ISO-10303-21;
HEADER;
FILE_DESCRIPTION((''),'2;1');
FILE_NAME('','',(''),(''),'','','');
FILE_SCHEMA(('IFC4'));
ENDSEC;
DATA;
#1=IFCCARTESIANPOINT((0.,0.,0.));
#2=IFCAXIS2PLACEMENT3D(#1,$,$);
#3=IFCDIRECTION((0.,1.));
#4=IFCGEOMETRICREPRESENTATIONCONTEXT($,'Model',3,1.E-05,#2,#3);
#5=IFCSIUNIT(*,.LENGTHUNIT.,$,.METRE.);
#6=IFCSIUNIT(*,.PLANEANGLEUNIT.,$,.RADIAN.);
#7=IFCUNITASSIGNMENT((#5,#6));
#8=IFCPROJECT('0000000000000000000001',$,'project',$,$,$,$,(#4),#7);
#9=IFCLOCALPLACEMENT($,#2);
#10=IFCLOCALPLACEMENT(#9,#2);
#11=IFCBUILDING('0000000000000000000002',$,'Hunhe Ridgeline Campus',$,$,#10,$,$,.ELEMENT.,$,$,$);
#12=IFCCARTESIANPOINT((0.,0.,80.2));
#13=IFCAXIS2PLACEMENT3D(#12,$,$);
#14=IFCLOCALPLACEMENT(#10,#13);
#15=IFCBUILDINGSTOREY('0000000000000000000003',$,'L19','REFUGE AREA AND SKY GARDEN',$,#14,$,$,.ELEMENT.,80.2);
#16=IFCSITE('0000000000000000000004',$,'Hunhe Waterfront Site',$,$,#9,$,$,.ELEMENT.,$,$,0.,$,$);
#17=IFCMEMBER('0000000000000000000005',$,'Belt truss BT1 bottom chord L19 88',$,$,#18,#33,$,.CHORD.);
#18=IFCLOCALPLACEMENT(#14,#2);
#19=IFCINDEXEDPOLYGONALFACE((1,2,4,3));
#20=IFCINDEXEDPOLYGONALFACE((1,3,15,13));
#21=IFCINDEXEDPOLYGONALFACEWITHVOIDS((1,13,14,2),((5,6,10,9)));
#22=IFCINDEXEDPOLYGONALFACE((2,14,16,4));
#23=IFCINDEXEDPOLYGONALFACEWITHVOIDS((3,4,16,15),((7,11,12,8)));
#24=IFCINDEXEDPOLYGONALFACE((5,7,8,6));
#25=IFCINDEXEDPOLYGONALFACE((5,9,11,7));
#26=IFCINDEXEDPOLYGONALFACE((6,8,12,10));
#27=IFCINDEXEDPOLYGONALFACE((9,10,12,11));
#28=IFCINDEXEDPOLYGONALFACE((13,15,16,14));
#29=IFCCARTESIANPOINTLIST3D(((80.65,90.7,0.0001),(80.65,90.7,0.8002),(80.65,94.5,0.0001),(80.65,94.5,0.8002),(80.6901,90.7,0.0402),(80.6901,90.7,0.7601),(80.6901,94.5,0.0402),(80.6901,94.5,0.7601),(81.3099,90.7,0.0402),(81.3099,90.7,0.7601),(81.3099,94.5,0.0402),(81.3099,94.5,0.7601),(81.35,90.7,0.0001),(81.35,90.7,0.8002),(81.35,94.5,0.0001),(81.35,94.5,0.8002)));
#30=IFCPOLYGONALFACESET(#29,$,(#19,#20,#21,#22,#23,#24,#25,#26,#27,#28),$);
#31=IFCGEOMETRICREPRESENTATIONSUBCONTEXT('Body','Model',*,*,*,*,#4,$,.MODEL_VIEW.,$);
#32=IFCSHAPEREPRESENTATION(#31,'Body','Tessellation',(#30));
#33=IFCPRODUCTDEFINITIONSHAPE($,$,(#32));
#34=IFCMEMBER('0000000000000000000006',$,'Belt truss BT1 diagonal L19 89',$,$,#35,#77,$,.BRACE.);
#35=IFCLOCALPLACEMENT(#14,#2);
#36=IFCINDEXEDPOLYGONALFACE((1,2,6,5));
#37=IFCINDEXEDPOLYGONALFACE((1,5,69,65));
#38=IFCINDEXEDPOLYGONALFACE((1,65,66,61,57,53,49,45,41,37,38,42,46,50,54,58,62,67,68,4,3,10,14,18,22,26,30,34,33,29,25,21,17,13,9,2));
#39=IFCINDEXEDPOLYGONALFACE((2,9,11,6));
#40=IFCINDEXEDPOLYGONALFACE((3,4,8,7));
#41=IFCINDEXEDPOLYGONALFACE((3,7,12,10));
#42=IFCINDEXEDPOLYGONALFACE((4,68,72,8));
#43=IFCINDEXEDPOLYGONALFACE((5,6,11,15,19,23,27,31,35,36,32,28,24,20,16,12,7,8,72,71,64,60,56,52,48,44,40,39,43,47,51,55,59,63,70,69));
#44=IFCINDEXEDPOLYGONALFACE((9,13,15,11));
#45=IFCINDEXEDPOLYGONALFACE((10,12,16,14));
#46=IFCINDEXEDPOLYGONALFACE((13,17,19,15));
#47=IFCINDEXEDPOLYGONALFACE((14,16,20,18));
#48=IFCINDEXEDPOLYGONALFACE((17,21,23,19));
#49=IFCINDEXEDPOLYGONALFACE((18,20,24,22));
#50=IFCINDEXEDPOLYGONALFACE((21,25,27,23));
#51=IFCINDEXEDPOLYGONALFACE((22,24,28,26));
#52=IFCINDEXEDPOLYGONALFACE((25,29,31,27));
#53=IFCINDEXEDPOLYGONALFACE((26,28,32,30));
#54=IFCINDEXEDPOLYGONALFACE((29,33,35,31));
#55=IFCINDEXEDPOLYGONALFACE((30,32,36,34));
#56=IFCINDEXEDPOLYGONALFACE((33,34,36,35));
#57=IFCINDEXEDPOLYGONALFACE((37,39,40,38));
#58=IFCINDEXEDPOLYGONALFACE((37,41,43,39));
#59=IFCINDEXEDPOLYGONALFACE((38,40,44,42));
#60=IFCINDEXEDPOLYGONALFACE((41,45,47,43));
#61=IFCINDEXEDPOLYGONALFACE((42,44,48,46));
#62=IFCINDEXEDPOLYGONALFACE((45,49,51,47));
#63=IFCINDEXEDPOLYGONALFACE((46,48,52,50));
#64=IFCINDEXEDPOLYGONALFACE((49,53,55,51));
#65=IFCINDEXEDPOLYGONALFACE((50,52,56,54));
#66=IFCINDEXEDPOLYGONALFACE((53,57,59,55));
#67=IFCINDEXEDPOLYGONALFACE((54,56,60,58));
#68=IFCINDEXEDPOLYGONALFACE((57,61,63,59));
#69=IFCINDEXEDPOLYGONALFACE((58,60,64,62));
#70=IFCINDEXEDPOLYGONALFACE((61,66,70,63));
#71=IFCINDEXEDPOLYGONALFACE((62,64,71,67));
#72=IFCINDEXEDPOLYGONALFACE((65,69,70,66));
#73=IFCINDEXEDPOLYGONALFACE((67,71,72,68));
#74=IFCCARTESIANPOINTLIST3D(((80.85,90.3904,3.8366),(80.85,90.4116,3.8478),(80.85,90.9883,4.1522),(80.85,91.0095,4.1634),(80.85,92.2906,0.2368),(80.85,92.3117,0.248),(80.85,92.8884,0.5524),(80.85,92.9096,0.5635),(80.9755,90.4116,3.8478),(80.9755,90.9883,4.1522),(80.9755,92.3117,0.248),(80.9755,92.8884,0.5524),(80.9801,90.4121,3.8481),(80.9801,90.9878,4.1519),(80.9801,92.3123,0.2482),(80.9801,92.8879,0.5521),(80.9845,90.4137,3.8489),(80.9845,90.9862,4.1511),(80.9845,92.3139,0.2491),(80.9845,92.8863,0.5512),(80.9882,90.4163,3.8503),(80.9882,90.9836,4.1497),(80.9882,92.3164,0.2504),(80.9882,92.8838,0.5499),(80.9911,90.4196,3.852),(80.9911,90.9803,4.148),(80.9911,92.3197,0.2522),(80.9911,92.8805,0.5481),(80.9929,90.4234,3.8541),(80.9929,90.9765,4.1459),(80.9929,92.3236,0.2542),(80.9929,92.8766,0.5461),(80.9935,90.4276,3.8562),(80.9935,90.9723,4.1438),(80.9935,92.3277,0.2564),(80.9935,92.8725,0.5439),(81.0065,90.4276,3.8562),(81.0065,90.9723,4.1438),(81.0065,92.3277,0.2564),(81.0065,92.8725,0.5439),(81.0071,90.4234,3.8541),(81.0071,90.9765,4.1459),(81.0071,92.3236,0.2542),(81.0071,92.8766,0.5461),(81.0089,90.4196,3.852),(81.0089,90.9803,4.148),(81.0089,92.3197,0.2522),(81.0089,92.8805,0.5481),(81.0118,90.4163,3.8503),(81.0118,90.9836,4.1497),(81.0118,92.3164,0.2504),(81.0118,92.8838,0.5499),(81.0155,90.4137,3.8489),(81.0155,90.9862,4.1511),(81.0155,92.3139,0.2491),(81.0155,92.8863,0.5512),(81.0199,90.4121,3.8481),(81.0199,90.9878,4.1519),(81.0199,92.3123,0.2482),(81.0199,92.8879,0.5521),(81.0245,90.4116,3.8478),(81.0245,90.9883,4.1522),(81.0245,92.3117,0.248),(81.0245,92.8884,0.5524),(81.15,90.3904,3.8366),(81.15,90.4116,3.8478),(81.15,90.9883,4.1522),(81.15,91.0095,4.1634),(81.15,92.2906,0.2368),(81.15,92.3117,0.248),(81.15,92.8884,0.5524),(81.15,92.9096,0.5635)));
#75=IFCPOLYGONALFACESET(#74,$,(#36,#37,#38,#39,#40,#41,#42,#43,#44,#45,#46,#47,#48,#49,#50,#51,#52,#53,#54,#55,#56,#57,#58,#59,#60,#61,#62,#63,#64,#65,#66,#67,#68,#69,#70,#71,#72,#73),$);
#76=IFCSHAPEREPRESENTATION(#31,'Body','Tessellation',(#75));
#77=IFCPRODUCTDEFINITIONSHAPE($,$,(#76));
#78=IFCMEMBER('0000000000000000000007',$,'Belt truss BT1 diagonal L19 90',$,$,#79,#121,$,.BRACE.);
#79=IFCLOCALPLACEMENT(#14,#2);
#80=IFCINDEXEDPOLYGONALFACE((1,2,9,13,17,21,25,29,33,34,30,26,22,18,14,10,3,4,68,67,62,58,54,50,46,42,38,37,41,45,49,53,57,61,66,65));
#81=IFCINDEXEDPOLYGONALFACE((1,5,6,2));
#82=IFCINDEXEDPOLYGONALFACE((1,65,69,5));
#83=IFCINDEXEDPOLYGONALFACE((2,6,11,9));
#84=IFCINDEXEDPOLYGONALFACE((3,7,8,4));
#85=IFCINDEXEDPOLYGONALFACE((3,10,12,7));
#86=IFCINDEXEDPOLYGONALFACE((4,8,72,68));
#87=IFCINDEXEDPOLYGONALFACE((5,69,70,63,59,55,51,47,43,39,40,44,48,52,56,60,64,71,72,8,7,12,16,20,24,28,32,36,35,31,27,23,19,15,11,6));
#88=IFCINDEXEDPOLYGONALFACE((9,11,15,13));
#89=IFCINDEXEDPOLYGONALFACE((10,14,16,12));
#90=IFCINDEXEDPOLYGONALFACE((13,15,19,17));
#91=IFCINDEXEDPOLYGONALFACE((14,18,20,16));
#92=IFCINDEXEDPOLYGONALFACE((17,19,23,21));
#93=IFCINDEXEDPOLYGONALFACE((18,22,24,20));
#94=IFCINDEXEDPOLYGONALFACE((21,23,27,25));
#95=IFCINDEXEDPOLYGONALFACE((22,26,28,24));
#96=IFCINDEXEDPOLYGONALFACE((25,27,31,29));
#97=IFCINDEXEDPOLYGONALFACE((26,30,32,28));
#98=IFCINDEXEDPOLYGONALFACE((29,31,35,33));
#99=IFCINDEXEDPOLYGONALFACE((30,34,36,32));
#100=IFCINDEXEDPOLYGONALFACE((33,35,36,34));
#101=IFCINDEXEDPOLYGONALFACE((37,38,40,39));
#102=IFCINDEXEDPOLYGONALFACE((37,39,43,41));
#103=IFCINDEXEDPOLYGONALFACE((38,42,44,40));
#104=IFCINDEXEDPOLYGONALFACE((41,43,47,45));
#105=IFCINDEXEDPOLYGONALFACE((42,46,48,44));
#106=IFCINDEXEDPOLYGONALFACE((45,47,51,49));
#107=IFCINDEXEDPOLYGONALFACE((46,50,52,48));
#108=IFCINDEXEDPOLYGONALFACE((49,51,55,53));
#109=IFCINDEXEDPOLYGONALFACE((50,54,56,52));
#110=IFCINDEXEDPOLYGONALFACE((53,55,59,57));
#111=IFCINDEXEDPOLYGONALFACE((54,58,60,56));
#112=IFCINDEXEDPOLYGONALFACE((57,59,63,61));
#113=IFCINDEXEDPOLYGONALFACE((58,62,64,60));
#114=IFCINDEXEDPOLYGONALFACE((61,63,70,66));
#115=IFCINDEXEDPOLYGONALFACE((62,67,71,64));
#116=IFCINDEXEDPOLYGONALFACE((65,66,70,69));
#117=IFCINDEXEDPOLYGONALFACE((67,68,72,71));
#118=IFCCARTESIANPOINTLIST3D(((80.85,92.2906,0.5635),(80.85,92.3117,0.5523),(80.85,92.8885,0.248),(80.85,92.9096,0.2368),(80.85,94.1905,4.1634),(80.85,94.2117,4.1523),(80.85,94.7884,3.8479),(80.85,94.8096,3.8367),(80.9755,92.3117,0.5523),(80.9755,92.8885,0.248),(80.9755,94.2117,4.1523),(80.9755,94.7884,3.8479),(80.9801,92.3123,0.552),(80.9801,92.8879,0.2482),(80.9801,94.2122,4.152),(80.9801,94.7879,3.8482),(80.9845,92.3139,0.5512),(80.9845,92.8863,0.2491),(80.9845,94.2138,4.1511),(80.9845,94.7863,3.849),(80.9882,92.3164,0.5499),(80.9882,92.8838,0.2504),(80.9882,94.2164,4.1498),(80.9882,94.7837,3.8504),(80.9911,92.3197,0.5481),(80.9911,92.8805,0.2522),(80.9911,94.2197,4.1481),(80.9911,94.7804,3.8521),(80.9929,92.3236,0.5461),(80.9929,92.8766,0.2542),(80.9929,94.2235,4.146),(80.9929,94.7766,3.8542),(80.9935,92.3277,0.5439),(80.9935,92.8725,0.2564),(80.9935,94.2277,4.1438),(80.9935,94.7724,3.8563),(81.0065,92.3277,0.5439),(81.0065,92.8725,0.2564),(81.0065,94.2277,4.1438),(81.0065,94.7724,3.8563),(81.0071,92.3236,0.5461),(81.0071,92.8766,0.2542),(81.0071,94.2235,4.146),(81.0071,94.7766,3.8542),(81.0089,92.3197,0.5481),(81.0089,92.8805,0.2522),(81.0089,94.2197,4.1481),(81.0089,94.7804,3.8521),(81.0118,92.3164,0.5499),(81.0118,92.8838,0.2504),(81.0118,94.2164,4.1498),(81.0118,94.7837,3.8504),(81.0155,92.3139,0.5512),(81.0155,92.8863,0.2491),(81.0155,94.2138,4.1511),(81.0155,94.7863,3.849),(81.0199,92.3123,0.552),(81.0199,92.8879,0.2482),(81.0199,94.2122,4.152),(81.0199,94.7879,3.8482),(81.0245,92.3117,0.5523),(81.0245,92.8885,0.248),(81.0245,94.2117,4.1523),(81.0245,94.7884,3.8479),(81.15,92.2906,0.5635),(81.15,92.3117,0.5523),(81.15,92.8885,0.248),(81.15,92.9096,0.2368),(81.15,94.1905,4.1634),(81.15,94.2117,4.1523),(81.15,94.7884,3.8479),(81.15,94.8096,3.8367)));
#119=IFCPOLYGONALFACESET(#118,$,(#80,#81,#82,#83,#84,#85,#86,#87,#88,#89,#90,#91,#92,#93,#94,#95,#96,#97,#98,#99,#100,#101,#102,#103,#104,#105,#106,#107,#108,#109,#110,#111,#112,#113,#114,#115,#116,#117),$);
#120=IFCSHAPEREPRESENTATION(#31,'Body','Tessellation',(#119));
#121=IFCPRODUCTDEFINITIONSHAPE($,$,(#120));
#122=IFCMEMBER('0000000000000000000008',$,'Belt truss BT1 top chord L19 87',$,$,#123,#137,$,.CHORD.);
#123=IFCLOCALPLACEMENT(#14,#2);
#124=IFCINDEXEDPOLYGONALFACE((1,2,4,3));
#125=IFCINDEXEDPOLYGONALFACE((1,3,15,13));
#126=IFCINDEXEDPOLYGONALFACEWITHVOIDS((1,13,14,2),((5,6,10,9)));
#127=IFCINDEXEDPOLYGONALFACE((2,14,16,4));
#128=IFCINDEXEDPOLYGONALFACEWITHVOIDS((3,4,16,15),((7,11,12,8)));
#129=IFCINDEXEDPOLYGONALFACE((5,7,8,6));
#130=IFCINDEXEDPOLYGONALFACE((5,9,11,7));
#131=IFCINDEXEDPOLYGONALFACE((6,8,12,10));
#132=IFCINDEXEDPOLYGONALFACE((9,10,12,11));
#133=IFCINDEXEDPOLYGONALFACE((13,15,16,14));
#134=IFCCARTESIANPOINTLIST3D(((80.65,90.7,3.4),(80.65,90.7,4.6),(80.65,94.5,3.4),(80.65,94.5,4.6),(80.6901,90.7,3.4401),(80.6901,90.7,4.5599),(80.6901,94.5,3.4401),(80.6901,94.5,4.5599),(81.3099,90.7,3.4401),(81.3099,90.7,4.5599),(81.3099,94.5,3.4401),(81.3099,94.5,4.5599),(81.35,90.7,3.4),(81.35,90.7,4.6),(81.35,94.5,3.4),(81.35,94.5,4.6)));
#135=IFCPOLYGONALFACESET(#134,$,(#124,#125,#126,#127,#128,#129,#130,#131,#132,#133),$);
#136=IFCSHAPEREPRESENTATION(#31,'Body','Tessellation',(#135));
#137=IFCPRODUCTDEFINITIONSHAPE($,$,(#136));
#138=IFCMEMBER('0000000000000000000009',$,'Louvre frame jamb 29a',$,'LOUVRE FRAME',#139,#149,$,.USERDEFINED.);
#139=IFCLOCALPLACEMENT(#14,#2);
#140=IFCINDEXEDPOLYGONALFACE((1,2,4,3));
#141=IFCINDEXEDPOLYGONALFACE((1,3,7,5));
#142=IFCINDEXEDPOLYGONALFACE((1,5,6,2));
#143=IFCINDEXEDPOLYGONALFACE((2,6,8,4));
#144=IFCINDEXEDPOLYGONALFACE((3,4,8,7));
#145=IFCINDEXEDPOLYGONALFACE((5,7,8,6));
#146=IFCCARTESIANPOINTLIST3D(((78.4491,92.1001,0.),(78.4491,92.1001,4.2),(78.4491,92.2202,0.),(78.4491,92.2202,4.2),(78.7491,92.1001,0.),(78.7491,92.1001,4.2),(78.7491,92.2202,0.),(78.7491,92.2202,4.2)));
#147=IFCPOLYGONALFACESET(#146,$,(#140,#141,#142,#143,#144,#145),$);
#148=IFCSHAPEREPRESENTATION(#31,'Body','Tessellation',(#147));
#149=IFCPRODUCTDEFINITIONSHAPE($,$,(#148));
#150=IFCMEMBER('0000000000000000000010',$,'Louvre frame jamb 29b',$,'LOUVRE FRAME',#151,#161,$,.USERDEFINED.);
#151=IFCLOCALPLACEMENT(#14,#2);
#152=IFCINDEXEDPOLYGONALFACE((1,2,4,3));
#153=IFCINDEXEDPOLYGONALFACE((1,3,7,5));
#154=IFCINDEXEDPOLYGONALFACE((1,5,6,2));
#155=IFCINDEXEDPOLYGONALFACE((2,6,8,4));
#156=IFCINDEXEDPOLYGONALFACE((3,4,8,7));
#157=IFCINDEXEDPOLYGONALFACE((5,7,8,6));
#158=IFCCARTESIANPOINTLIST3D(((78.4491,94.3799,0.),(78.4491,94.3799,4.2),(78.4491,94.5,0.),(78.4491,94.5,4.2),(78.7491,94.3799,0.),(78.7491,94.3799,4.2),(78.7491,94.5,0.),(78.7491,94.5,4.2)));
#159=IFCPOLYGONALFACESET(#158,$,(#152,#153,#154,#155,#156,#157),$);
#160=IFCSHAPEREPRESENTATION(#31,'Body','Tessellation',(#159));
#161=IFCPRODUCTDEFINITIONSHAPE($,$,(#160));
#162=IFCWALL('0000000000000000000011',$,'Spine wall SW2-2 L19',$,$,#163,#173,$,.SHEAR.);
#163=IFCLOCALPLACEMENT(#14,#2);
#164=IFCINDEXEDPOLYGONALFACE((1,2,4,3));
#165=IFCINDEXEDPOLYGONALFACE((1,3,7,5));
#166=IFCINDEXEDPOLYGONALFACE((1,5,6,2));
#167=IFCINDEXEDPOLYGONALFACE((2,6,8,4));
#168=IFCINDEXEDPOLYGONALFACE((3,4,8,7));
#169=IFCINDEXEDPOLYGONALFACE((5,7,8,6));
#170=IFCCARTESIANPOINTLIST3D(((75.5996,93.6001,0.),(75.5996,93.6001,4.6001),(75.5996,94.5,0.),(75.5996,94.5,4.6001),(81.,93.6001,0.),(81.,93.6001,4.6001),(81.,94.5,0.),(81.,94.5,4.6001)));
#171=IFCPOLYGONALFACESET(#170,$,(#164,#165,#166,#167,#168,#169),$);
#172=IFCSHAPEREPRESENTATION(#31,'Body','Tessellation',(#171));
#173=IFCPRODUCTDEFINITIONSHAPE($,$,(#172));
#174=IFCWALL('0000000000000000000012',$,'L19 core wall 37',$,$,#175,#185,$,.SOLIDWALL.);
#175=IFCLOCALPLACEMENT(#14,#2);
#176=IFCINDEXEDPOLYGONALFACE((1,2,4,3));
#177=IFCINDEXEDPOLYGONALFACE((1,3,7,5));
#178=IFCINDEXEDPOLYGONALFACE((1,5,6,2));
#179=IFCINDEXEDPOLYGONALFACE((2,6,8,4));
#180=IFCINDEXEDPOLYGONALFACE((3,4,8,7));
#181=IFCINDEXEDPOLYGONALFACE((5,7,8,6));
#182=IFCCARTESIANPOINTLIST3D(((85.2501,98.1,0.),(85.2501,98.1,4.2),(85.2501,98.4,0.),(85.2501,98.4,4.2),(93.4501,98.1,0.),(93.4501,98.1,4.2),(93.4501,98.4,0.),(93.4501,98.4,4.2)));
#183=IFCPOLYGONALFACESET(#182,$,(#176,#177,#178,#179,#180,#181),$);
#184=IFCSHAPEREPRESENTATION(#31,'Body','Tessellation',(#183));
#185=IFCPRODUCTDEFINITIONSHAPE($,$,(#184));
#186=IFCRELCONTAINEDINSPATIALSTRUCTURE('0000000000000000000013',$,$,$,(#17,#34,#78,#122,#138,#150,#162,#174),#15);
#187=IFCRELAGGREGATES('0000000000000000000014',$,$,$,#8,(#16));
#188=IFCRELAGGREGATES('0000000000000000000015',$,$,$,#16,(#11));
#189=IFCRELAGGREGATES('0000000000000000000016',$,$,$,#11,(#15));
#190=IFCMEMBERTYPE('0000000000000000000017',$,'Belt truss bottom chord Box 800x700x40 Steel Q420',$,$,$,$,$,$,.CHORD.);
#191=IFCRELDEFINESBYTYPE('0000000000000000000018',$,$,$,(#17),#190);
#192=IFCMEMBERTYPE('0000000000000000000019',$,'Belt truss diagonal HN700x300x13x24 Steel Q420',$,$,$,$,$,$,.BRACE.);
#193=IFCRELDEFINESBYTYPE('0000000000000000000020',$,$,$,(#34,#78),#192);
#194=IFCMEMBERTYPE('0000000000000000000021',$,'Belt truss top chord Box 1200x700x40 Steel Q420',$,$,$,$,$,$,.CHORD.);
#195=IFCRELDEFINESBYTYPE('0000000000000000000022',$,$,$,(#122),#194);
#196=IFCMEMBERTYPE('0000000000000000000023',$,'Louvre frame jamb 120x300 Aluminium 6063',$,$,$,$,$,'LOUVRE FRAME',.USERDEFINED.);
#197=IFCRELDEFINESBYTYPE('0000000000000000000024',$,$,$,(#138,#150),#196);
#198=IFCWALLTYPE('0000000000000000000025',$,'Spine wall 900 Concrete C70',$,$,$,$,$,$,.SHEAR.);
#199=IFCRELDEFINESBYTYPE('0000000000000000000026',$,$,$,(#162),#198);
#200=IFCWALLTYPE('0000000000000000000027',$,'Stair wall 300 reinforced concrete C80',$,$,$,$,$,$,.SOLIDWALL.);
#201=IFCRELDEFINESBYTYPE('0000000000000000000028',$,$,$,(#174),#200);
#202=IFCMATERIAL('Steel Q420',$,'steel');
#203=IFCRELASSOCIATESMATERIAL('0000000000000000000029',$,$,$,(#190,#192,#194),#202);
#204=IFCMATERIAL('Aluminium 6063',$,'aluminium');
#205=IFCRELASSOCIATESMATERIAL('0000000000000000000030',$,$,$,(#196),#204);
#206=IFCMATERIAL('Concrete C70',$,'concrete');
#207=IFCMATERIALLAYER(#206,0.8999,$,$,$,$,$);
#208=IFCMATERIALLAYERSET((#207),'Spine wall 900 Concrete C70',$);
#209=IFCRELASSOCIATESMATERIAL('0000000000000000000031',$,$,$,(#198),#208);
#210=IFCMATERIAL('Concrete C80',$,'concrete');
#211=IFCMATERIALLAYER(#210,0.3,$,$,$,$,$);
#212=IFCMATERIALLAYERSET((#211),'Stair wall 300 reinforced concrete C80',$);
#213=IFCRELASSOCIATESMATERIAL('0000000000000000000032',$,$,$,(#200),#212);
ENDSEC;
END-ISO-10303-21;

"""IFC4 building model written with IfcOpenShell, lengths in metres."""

from ifc_helpers import new_model, si_unit, direction, frame, frame_2d, origin, origin_2d, place, context, subcontext, project, spatial, rectangle, hollow_rectangle, i_section, extrude, material, layer, layer_set, material_profile, profile_set, type_object, element, save


model = new_model("IFC4")

# Units and contexts
model_context = context("Model", 3, precision=1e-05, world=origin(), true_north=direction((0.0, 1.0)))
body_context = subcontext(model_context, "Body", "Model", "MODEL_VIEW")
ifc_project = project(units=[si_unit("LENGTHUNIT", "METRE"), si_unit("PLANEANGLEUNIT", "RADIAN")], contexts=[model_context])

# Site, building, storey
site_placement = place(None, origin())
site = spatial("IfcSite", under=ifc_project, at=site_placement, Name="Hunhe Waterfront Site", CompositionType="ELEMENT", RefElevation=0.0)
building_placement = place(site_placement, origin())
building = spatial("IfcBuilding", under=site, at=building_placement, Name="Hunhe Ridgeline Campus", CompositionType="ELEMENT")
storey_placement = place(building_placement, frame((0.0, 0.0, 80.2)))
storey = spatial("IfcBuildingStorey", under=building, at=storey_placement, Name="L19", Description="REFUGE AREA AND SKY GARDEN", CompositionType="ELEMENT", Elevation=80.2)

# Members
ifc_material_1 = material(Name="Steel Q420", Category="steel")
ifc_material_profile_1 = material_profile(ifc_material_1, hollow_rectangle(XDim=0.7, YDim=0.8, WallThickness=0.04, at=origin_2d()))
ifc_profile_set_1 = profile_set([ifc_material_profile_1], Name="Steel Q420")
member_type_1 = type_object("IfcMemberType", Name="Belt truss bottom chord Box 800x700x40 Steel Q420", PredefinedType="CHORD", material=ifc_profile_set_1)
member_1_placement = place(storey_placement, frame((81.0, 90.7, 0.4001), z_axis=(0.0, 1.0, 0.0), x_axis=(-1.0, 0.0, 0.0)))
element("IfcMember", 1, at=member_1_placement, inside=storey, type_object=member_type_1, Name="Belt truss BT1 bottom chord L19 88", PredefinedType="CHORD", context=body_context, shape_type="SweptSolid", body=[
    extrude(hollow_rectangle(XDim=0.7, YDim=0.8, WallThickness=0.04, at=origin_2d()), origin(), (0.0, 0.0, 1.0), 3.8),
])
ifc_material_profile_2 = material_profile(ifc_material_1, i_section(OverallWidth=0.3, OverallDepth=0.7, WebThickness=0.0129, FlangeThickness=0.0239, FilletRadius=0.0181, at=origin_2d()))
ifc_profile_set_2 = profile_set([ifc_material_profile_2], Name="Steel Q420")
member_type_2 = type_object("IfcMemberType", Name="Belt truss diagonal HN700x300x13x24 Steel Q420", PredefinedType="BRACE", material=ifc_profile_set_2)
for number, where, z_axis, x_axis, name in (
    (2, (81.0, 90.7, 4.0), (0.0, 0.466802, -0.884362), (-1.0, 0.0, 0.0), "Belt truss BT1 diagonal L19 89"),
    (3, (81.0, 92.6001, 0.4001), (0.0, 0.466755, 0.884387), (-1.0, 0.0, 0.0), "Belt truss BT1 diagonal L19 90"),
):
    element("IfcMember", number, at=place(storey_placement, frame(where, z_axis=z_axis, x_axis=x_axis)), inside=storey, type_object=member_type_2, Name=name, PredefinedType="BRACE", context=body_context, shape_type="SweptSolid", body=[
        extrude(i_section(OverallWidth=0.3, OverallDepth=0.7, WebThickness=0.0129, FlangeThickness=0.0239, FilletRadius=0.0181, at=origin_2d()), origin(), (0.0, 0.0, 1.0), 4.0706),
    ])
ifc_material_profile_3 = material_profile(ifc_material_1, hollow_rectangle(XDim=0.7, YDim=1.2, WallThickness=0.04, at=origin_2d()))
ifc_profile_set_3 = profile_set([ifc_material_profile_3], Name="Steel Q420")
member_type_3 = type_object("IfcMemberType", Name="Belt truss top chord Box 1200x700x40 Steel Q420", PredefinedType="CHORD", material=ifc_profile_set_3)
member_2_placement = place(storey_placement, frame((81.0, 90.7, 4.0), z_axis=(0.0, 1.0, 0.0), x_axis=(-1.0, 0.0, 0.0)))
element("IfcMember", 4, at=member_2_placement, inside=storey, type_object=member_type_3, Name="Belt truss BT1 top chord L19 87", PredefinedType="CHORD", context=body_context, shape_type="SweptSolid", body=[
    extrude(hollow_rectangle(XDim=0.7, YDim=1.2, WallThickness=0.04, at=origin_2d()), origin(), (0.0, 0.0, 1.0), 3.8),
])
ifc_material_2 = material(Name="Aluminium 6063", Category="aluminium")
ifc_material_profile_4 = material_profile(ifc_material_2, rectangle(XDim=0.3, YDim=0.1201, at=origin_2d()))
ifc_profile_set_4 = profile_set([ifc_material_profile_4], Name="Aluminium 6063")
member_type_4 = type_object("IfcMemberType", Name="Louvre frame jamb 120x300 Aluminium 6063", ElementType="LOUVRE FRAME", PredefinedType="USERDEFINED", material=ifc_profile_set_4)
for number, where, z_axis, x_axis, name in (
    (5, (78.5991, 92.1602, 0.0), (0.0, 0.0, 1.0), (-1.0, 0.0, 0.0), "Louvre frame jamb 29a"),
    (6, (78.5991, 94.4399, 0.0), (0.0, 0.0, 1.0), (-1.0, 0.0, 0.0), "Louvre frame jamb 29b"),
):
    element("IfcMember", number, at=place(storey_placement, frame(where, z_axis=z_axis, x_axis=x_axis)), inside=storey, type_object=member_type_4, Name=name, ObjectType="LOUVRE FRAME", PredefinedType="USERDEFINED", context=body_context, shape_type="SweptSolid", body=[
        extrude(rectangle(XDim=0.3, YDim=0.1201, at=origin_2d()), origin(), (0.0, 0.0, 1.0), 4.2),
    ])

# Wall
ifc_material_3 = material(Name="Concrete C70", Category="concrete")
ifc_layer_1 = layer(ifc_material_3, 0.8999)
ifc_layer_set_1 = layer_set([ifc_layer_1], Name="Spine wall 900 Concrete C70")
wall_type_1 = type_object("IfcWallType", Name="Spine wall 900 Concrete C70", PredefinedType="SHEAR", material=ifc_layer_set_1)
wall_1_placement = place(storey_placement, frame((81.0, 94.05, 0.0), z_axis=(0.0, 0.0, 1.0), x_axis=(-1.0, 0.0, 0.0)))
element("IfcWall", 7, at=wall_1_placement, inside=storey, type_object=wall_type_1, Name="Spine wall SW2-2 L19", PredefinedType="SHEAR", context=body_context, shape_type="SweptSolid", body=[
    extrude(rectangle(XDim=5.4004, YDim=0.8999, at=frame_2d((2.7002, 0.0))), origin(), (0.0, 0.0, 1.0), 4.6001),
])

# Shared definitions
ifc_material_4 = material(Name="Concrete C80", Category="concrete")
ifc_layer_2 = layer(ifc_material_4, 0.3)
ifc_layer_set_2 = layer_set([ifc_layer_2], Name="Stair wall 300 reinforced concrete C80")
wall_type_2 = type_object("IfcWallType", Name="Stair wall 300 reinforced concrete C80", PredefinedType="SOLIDWALL", material=ifc_layer_set_2)

# Wall
wall_2_placement = place(storey_placement, frame((85.25, 98.25, 0.0), z_axis=(0.0, 0.0, 1.0), x_axis=(1.0, 0.0, 0.0)))
element("IfcWall", 8, at=wall_2_placement, inside=storey, type_object=wall_type_2, Name="L19 core wall 37", PredefinedType="SOLIDWALL", context=body_context, shape_type="SweptSolid", body=[
    extrude(rectangle(XDim=8.2, YDim=0.3, at=frame_2d((4.1001, 0.0))), origin(), (0.0, 0.0, 1.0), 4.2),
])

save(model, "model.ifc")
